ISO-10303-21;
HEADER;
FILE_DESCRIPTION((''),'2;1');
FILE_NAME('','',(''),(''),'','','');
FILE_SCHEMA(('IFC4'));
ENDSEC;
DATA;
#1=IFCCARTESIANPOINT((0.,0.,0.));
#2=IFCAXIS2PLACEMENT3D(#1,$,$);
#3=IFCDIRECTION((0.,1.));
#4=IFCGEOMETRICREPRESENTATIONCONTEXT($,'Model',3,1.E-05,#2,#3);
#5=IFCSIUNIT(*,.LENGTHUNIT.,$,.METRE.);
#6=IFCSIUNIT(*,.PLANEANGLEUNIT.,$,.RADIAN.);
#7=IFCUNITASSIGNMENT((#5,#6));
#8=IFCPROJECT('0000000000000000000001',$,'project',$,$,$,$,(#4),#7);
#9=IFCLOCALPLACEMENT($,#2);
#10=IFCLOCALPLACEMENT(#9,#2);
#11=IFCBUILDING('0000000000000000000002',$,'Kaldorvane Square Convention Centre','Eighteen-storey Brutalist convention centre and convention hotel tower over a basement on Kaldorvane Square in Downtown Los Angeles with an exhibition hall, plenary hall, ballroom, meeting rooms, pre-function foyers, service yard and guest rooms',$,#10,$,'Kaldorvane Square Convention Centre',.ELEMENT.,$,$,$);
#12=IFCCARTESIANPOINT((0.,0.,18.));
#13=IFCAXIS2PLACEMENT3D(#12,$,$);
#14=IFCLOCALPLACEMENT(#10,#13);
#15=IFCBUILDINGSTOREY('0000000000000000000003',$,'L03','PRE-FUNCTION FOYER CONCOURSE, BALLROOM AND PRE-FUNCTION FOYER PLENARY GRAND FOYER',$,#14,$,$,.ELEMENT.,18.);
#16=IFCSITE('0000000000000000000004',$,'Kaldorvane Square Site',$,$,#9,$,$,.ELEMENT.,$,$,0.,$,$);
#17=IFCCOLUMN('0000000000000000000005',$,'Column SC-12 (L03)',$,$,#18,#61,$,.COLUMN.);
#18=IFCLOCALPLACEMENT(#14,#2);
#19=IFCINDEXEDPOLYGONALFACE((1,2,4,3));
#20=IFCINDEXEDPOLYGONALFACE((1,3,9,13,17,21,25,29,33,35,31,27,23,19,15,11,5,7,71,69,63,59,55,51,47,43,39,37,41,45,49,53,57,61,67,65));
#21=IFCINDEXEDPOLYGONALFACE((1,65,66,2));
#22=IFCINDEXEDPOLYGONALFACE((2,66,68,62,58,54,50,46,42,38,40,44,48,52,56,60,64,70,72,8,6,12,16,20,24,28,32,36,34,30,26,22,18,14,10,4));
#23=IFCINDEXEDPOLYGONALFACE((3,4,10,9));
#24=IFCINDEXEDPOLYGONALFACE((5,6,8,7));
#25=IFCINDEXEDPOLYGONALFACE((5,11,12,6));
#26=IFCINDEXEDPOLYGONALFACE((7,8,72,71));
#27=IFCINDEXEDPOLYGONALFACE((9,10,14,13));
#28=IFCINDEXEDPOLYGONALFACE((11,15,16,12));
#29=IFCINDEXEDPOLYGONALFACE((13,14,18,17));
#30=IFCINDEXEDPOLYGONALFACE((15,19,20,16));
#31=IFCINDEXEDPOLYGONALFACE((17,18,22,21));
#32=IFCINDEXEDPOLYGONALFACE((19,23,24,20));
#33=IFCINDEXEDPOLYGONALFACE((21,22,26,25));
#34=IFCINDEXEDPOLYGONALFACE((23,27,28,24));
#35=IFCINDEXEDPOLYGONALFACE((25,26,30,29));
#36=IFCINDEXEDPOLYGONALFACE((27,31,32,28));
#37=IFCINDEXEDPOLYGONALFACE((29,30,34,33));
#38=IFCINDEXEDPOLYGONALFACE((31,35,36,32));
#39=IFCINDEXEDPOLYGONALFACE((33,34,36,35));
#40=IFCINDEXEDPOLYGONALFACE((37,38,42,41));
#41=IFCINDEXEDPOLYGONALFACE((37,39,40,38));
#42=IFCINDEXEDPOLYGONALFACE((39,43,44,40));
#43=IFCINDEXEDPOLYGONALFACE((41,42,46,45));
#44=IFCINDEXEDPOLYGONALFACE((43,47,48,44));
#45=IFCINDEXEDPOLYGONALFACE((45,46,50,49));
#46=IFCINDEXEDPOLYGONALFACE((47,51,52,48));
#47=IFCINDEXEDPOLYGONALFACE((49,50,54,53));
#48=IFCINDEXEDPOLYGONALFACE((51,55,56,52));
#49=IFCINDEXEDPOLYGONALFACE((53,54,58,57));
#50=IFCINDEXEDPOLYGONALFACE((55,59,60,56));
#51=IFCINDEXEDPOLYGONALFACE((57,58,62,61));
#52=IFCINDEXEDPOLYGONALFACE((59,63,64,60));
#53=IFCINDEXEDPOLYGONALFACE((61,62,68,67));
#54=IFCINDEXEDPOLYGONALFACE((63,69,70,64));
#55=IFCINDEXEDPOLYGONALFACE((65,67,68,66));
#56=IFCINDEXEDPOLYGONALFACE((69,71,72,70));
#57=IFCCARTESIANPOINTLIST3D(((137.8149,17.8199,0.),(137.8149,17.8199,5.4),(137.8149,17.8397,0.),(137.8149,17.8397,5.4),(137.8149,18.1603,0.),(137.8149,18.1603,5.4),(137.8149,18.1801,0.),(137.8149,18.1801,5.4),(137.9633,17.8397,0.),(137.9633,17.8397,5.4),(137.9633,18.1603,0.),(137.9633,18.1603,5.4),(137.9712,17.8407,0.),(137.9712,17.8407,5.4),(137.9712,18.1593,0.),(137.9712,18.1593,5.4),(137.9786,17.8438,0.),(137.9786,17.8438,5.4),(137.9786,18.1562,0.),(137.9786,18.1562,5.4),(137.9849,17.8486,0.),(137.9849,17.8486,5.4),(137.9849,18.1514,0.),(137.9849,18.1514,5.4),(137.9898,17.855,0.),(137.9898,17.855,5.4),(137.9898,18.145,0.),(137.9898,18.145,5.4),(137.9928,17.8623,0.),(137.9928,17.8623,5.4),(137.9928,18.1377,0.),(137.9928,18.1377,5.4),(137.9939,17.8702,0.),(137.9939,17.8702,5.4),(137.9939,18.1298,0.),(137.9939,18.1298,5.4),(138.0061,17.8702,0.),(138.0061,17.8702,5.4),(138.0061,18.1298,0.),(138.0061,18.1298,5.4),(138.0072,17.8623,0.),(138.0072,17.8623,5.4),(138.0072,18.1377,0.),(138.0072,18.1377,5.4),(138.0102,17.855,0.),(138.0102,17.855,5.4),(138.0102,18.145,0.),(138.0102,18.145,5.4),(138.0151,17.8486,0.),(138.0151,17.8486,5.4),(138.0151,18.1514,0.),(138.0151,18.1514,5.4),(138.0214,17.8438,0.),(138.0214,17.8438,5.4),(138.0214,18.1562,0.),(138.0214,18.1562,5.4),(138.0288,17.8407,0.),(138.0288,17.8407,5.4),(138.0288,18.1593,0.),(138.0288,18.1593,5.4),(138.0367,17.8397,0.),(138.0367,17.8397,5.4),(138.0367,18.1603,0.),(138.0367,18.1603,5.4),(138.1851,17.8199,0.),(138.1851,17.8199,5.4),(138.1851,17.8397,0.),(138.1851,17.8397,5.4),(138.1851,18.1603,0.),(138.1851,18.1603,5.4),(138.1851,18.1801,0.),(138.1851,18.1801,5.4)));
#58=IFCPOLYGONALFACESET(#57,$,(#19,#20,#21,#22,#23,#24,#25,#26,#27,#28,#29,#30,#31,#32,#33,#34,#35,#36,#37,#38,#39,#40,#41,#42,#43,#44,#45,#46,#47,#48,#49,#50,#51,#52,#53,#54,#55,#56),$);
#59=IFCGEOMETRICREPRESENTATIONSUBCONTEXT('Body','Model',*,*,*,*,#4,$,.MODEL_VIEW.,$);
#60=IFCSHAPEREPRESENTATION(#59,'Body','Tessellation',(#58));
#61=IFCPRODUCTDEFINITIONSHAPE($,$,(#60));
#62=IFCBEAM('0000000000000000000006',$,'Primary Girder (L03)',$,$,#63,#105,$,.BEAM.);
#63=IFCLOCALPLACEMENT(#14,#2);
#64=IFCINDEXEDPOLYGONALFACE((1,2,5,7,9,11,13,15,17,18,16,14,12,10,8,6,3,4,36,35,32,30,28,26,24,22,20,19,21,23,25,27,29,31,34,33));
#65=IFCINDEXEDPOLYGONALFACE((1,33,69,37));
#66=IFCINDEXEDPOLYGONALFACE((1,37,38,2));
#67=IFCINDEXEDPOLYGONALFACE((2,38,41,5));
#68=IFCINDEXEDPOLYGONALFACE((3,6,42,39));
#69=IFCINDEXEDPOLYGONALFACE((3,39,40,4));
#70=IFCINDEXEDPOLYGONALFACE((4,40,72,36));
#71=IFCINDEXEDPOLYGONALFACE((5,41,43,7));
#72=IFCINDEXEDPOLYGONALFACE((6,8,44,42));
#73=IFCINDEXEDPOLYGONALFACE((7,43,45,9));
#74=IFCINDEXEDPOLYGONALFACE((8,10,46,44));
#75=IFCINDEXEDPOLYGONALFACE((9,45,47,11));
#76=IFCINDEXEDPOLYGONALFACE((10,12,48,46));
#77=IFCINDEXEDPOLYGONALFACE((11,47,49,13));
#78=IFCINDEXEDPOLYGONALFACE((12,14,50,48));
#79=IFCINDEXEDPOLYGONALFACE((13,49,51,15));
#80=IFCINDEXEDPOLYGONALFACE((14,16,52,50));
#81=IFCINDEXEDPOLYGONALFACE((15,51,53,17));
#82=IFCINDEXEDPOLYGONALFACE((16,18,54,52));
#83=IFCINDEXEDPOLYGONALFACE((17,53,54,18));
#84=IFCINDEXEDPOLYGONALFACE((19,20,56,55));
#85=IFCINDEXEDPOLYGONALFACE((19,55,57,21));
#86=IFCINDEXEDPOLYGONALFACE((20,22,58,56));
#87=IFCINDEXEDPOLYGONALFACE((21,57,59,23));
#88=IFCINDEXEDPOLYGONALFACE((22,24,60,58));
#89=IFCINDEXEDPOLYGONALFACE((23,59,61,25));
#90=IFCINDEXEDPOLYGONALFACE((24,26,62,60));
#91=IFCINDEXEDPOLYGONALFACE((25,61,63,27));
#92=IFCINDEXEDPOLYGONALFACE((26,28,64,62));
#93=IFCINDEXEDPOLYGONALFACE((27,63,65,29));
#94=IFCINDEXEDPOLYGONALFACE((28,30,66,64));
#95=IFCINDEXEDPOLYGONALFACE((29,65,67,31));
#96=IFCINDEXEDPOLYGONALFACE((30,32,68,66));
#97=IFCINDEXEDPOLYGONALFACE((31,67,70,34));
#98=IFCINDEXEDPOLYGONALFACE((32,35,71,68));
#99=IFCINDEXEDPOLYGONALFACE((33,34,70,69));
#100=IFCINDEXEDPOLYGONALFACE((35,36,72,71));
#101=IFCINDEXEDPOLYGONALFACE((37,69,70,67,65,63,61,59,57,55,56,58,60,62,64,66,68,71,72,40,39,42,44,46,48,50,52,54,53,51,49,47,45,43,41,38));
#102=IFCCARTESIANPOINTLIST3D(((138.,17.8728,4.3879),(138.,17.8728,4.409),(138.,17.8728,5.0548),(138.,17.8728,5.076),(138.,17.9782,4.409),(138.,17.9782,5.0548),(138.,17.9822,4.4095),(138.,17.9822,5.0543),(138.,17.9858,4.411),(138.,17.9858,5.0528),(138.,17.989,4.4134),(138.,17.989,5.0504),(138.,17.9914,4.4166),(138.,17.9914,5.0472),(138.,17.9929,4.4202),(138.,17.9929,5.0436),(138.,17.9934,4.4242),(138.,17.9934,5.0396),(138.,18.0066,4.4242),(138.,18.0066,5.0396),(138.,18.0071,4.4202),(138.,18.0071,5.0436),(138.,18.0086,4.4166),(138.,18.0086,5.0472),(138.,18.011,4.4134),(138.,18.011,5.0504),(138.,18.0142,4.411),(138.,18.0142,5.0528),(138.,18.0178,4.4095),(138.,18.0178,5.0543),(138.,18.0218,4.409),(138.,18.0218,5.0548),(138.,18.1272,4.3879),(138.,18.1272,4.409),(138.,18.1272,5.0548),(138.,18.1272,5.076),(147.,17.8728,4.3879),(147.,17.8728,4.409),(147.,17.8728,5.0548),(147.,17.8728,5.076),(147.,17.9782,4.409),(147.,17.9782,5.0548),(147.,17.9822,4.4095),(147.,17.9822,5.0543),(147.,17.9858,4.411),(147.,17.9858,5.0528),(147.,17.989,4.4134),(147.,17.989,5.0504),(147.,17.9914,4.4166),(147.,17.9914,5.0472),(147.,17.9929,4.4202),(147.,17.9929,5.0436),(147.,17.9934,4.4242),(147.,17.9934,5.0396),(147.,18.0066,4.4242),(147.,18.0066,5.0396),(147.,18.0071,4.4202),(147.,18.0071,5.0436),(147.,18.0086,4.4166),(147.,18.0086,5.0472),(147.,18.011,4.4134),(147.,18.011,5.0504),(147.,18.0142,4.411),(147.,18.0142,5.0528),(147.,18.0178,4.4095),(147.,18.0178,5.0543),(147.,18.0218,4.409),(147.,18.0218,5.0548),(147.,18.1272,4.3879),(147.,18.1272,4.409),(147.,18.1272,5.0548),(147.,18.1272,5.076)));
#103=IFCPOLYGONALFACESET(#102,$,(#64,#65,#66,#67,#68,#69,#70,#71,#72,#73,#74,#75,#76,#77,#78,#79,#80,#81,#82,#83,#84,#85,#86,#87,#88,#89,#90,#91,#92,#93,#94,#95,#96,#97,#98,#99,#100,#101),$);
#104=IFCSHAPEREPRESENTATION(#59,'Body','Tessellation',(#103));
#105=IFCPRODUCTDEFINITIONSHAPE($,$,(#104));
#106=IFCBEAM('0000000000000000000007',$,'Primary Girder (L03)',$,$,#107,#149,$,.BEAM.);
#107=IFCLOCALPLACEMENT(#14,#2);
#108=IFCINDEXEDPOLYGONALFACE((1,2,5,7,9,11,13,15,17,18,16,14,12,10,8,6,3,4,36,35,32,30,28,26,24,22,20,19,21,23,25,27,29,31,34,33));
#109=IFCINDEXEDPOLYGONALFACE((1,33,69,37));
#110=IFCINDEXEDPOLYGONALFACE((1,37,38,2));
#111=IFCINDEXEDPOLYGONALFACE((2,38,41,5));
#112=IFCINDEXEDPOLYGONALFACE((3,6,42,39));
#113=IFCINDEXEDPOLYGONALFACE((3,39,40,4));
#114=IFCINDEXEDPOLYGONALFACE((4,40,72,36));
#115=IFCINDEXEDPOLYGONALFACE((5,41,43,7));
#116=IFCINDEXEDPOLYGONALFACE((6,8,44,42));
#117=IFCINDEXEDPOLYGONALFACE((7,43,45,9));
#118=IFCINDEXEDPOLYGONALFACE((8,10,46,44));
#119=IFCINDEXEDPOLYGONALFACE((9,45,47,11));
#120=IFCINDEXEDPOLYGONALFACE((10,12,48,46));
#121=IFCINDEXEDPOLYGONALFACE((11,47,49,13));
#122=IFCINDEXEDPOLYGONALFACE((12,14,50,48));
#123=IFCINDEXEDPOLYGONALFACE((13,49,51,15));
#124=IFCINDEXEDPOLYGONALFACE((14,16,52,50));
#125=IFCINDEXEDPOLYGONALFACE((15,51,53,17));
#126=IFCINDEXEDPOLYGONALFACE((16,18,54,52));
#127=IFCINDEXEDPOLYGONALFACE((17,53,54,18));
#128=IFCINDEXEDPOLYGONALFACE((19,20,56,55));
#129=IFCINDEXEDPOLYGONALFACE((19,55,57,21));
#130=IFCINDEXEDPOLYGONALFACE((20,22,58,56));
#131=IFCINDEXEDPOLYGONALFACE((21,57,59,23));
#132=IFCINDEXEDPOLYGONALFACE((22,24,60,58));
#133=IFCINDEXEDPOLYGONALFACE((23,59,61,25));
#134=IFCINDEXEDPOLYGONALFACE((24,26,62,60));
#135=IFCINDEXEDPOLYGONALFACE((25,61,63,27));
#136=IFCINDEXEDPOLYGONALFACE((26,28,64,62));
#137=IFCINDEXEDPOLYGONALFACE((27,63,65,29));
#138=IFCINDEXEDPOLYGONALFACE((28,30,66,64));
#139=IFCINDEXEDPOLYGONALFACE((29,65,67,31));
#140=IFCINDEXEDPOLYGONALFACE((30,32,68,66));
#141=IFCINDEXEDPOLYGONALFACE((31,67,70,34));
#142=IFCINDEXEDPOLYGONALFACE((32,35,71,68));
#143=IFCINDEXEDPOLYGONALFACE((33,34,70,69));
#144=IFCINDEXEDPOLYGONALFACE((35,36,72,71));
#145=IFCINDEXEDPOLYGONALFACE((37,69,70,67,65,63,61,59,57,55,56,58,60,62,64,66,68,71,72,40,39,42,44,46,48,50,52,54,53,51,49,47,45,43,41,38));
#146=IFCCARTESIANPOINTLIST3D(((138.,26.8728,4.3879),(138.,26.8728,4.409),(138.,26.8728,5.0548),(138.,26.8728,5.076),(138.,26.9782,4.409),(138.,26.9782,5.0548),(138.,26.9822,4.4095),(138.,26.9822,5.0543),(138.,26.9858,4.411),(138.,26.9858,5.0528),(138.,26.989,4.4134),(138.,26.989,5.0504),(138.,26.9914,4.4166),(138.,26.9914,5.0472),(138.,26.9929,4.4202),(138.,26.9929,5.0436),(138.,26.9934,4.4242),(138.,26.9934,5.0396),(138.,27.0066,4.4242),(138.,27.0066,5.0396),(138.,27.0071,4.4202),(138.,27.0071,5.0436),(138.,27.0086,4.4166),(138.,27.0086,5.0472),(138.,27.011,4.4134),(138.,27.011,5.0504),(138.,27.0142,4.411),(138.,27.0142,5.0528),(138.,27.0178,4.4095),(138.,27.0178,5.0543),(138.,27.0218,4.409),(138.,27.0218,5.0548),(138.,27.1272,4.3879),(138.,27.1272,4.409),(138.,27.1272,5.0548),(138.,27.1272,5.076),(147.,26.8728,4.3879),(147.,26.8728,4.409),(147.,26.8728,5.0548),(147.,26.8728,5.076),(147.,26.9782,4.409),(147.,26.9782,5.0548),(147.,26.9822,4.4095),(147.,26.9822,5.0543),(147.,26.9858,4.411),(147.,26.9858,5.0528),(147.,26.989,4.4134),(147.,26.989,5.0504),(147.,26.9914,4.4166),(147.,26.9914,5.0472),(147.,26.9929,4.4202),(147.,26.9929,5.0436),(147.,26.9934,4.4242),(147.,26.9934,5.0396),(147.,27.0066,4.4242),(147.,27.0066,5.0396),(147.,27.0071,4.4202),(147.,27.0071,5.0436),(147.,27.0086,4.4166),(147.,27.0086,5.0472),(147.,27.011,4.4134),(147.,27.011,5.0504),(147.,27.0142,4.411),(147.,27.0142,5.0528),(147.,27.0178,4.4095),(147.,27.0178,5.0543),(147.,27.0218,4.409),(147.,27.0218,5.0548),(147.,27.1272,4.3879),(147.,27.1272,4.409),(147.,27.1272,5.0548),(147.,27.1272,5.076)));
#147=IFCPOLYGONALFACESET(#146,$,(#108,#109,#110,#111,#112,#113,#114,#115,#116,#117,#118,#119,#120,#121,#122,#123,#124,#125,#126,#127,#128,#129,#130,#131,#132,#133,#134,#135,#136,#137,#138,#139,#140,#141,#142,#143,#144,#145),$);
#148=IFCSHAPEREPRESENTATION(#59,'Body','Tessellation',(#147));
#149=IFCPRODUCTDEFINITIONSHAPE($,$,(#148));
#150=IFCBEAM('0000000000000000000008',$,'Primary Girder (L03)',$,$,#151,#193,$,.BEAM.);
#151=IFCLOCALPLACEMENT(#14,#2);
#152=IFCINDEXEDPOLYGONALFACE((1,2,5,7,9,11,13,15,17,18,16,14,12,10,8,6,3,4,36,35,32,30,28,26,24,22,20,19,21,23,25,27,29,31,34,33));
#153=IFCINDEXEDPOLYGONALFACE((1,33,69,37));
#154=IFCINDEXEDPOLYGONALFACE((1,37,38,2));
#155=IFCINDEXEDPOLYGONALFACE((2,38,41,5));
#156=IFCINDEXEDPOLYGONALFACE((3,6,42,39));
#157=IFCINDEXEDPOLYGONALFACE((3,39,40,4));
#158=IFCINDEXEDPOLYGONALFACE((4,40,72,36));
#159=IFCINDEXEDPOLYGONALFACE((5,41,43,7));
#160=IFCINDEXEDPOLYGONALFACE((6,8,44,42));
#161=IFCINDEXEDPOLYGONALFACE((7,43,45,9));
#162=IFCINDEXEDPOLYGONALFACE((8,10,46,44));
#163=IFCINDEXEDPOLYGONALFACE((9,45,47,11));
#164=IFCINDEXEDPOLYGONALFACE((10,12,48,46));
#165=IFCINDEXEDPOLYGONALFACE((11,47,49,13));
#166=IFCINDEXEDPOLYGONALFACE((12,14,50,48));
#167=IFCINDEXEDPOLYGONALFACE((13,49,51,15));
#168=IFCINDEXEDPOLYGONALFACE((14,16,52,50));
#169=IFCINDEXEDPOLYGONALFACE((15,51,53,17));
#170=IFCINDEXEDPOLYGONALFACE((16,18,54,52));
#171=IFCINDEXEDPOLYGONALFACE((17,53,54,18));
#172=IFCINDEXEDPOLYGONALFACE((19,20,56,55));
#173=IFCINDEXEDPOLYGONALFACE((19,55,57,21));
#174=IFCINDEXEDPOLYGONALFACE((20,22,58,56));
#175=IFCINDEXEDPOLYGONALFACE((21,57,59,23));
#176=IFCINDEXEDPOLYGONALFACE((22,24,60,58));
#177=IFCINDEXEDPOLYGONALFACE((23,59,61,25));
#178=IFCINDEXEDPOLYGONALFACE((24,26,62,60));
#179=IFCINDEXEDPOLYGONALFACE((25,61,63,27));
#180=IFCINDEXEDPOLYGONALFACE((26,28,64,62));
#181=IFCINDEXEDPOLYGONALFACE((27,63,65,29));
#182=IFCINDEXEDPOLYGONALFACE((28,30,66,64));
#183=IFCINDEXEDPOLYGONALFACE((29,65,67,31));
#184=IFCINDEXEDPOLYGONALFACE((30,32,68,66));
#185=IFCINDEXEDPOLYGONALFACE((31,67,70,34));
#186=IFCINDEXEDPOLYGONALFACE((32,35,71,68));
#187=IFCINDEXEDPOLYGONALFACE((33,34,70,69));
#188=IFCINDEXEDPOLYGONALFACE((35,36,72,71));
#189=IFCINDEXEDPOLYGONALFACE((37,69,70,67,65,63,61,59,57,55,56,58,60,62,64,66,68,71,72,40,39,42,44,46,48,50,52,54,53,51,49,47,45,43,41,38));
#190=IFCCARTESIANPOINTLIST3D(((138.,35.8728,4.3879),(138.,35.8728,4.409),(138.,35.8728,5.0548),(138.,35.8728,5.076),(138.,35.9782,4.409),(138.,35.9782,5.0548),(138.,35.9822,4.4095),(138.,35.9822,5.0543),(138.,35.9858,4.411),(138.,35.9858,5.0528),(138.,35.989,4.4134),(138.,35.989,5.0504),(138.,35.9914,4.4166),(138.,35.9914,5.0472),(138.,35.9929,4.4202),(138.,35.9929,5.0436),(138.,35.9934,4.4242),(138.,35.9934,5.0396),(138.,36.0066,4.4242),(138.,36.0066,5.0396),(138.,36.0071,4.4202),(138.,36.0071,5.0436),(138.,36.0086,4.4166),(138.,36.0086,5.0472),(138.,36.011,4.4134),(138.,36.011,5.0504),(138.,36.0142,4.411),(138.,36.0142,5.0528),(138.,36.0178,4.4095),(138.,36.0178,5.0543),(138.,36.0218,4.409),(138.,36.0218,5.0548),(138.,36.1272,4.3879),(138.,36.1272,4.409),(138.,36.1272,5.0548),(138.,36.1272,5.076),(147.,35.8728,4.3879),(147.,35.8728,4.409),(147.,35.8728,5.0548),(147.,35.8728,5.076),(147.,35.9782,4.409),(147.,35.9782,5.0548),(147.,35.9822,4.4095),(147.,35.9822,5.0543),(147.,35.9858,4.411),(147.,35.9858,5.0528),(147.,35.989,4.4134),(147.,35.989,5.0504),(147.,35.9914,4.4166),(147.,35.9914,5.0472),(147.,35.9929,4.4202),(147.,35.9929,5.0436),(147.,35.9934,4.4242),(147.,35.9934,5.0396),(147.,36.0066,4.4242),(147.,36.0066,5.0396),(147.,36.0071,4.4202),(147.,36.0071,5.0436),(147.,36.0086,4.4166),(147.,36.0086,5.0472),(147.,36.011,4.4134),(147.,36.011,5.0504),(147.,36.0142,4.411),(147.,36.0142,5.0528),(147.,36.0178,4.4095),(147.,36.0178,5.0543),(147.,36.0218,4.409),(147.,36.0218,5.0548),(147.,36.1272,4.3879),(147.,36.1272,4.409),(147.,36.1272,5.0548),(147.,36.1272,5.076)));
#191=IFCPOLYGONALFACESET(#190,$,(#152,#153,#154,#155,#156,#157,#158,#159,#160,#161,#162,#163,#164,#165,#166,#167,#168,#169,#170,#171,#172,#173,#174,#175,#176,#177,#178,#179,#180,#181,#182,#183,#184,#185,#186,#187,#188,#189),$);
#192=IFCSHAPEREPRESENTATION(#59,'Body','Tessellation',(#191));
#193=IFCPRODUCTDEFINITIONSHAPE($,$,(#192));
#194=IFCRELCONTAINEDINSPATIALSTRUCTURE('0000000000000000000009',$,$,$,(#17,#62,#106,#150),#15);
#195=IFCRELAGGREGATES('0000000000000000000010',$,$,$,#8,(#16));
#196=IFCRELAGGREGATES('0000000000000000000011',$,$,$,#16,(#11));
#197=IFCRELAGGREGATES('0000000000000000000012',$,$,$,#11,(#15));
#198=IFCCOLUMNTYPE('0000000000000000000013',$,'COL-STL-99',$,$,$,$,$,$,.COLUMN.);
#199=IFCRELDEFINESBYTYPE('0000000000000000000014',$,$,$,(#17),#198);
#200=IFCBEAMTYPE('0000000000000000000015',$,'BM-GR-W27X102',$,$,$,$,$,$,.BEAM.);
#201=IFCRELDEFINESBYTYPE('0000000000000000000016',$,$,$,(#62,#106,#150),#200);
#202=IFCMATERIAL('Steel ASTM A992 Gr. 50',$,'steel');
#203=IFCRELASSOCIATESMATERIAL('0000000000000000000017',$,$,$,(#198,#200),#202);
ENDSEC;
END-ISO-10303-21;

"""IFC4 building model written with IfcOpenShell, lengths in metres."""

from ifc_helpers import new_model, si_unit, direction, frame, origin, origin_2d, place, context, subcontext, project, spatial, i_section, extrude, material, material_profile, profile_set, type_object, element, save


model = new_model("IFC4")

# Units and contexts
model_context = context("Model", 3, precision=1e-05, world=origin(), true_north=direction((0.0, 1.0)))
body_context = subcontext(model_context, "Body", "Model", "MODEL_VIEW")
ifc_project = project(units=[si_unit("LENGTHUNIT", "METRE"), si_unit("PLANEANGLEUNIT", "RADIAN")], contexts=[model_context])

# Site, building, storey
site_placement = place(None, origin())
site = spatial("IfcSite", under=ifc_project, at=site_placement, Name="Kaldorvane Square Site", CompositionType="ELEMENT", RefElevation=0.0)
building_placement = place(site_placement, origin())
building = spatial("IfcBuilding", under=site, at=building_placement, Name="Kaldorvane Square Convention Centre", Description="Eighteen-storey Brutalist convention centre and convention hotel tower over a basement on Kaldorvane Square in Downtown Los Angeles with an exhibition hall, plenary hall, ballroom, meeting rooms, pre-function foyers, service yard and guest rooms", LongName="Kaldorvane Square Convention Centre", CompositionType="ELEMENT")
storey_placement = place(building_placement, frame((0.0, 0.0, 18.0)))
storey = spatial("IfcBuildingStorey", under=building, at=storey_placement, Name="L03", Description="PRE-FUNCTION FOYER CONCOURSE, BALLROOM AND PRE-FUNCTION FOYER PLENARY GRAND FOYER", CompositionType="ELEMENT", Elevation=18.0)

# Column
ifc_material_1 = material(Name="Steel ASTM A992 Gr. 50", Category="steel")
ifc_material_profile_1 = material_profile(ifc_material_1, i_section(OverallWidth=0.3701, OverallDepth=0.3602, WebThickness=0.0123, FlangeThickness=0.0198, FilletRadius=0.0305, at=origin_2d()), Name="W14X99")
ifc_profile_set_1 = profile_set([ifc_material_profile_1], Name="Steel ASTM A992 Gr. 50")
column_type_1 = type_object("IfcColumnType", Name="COL-STL-99", PredefinedType="COLUMN", material=ifc_profile_set_1)
for number, where, z_axis, x_axis, name in (
    (1, (138.0, 18.0, 0.0), (0.0, 0.0, 1.0), (1.0, 0.0, 0.0), "Column SC-12 (L03)"),
):
    element("IfcColumn", number, at=place(storey_placement, frame(where, z_axis=z_axis, x_axis=x_axis)), inside=storey, type_object=column_type_1, Name=name, PredefinedType="COLUMN", context=body_context, shape_type="SweptSolid", body=[
        extrude(i_section(OverallWidth=0.3701, OverallDepth=0.3602, WebThickness=0.0123, FlangeThickness=0.0198, FilletRadius=0.0305, at=origin_2d()), origin(), (0.0, 0.0, 1.0), 5.4),
    ])

# Beams
ifc_material_profile_2 = material_profile(ifc_material_1, i_section(OverallWidth=0.2544, OverallDepth=0.6881, WebThickness=0.0131, FlangeThickness=0.0211, FilletRadius=0.0152, at=origin_2d()), Name="W27X102")
ifc_profile_set_2 = profile_set([ifc_material_profile_2], Name="Steel ASTM A992 Gr. 50")
beam_type_1 = type_object("IfcBeamType", Name="BM-GR-W27X102", PredefinedType="BEAM", material=ifc_profile_set_2)
for number, where, z_axis, x_axis, name in (
    (2, (138.0, 18.0, 4.7319), (1.0, 0.0, 0.0), (0.0, 1.0, 0.0), "Primary Girder (L03)"),
    (3, (138.0, 27.0, 4.7319), (1.0, 0.0, 0.0), (0.0, 1.0, 0.0), "Primary Girder (L03)"),
    (4, (138.0, 36.0, 4.7319), (1.0, 0.0, 0.0), (0.0, 1.0, 0.0), "Primary Girder (L03)"),
):
    element("IfcBeam", number, at=place(storey_placement, frame(where, z_axis=z_axis, x_axis=x_axis)), inside=storey, type_object=beam_type_1, Name=name, PredefinedType="BEAM", context=body_context, shape_type="SweptSolid", body=[
        extrude(i_section(OverallWidth=0.2544, OverallDepth=0.6881, WebThickness=0.0131, FlangeThickness=0.0211, FilletRadius=0.0152, at=origin_2d()), origin(), (0.0, 0.0, 1.0), 9.0),
    ])

save(model, "model.ifc")
